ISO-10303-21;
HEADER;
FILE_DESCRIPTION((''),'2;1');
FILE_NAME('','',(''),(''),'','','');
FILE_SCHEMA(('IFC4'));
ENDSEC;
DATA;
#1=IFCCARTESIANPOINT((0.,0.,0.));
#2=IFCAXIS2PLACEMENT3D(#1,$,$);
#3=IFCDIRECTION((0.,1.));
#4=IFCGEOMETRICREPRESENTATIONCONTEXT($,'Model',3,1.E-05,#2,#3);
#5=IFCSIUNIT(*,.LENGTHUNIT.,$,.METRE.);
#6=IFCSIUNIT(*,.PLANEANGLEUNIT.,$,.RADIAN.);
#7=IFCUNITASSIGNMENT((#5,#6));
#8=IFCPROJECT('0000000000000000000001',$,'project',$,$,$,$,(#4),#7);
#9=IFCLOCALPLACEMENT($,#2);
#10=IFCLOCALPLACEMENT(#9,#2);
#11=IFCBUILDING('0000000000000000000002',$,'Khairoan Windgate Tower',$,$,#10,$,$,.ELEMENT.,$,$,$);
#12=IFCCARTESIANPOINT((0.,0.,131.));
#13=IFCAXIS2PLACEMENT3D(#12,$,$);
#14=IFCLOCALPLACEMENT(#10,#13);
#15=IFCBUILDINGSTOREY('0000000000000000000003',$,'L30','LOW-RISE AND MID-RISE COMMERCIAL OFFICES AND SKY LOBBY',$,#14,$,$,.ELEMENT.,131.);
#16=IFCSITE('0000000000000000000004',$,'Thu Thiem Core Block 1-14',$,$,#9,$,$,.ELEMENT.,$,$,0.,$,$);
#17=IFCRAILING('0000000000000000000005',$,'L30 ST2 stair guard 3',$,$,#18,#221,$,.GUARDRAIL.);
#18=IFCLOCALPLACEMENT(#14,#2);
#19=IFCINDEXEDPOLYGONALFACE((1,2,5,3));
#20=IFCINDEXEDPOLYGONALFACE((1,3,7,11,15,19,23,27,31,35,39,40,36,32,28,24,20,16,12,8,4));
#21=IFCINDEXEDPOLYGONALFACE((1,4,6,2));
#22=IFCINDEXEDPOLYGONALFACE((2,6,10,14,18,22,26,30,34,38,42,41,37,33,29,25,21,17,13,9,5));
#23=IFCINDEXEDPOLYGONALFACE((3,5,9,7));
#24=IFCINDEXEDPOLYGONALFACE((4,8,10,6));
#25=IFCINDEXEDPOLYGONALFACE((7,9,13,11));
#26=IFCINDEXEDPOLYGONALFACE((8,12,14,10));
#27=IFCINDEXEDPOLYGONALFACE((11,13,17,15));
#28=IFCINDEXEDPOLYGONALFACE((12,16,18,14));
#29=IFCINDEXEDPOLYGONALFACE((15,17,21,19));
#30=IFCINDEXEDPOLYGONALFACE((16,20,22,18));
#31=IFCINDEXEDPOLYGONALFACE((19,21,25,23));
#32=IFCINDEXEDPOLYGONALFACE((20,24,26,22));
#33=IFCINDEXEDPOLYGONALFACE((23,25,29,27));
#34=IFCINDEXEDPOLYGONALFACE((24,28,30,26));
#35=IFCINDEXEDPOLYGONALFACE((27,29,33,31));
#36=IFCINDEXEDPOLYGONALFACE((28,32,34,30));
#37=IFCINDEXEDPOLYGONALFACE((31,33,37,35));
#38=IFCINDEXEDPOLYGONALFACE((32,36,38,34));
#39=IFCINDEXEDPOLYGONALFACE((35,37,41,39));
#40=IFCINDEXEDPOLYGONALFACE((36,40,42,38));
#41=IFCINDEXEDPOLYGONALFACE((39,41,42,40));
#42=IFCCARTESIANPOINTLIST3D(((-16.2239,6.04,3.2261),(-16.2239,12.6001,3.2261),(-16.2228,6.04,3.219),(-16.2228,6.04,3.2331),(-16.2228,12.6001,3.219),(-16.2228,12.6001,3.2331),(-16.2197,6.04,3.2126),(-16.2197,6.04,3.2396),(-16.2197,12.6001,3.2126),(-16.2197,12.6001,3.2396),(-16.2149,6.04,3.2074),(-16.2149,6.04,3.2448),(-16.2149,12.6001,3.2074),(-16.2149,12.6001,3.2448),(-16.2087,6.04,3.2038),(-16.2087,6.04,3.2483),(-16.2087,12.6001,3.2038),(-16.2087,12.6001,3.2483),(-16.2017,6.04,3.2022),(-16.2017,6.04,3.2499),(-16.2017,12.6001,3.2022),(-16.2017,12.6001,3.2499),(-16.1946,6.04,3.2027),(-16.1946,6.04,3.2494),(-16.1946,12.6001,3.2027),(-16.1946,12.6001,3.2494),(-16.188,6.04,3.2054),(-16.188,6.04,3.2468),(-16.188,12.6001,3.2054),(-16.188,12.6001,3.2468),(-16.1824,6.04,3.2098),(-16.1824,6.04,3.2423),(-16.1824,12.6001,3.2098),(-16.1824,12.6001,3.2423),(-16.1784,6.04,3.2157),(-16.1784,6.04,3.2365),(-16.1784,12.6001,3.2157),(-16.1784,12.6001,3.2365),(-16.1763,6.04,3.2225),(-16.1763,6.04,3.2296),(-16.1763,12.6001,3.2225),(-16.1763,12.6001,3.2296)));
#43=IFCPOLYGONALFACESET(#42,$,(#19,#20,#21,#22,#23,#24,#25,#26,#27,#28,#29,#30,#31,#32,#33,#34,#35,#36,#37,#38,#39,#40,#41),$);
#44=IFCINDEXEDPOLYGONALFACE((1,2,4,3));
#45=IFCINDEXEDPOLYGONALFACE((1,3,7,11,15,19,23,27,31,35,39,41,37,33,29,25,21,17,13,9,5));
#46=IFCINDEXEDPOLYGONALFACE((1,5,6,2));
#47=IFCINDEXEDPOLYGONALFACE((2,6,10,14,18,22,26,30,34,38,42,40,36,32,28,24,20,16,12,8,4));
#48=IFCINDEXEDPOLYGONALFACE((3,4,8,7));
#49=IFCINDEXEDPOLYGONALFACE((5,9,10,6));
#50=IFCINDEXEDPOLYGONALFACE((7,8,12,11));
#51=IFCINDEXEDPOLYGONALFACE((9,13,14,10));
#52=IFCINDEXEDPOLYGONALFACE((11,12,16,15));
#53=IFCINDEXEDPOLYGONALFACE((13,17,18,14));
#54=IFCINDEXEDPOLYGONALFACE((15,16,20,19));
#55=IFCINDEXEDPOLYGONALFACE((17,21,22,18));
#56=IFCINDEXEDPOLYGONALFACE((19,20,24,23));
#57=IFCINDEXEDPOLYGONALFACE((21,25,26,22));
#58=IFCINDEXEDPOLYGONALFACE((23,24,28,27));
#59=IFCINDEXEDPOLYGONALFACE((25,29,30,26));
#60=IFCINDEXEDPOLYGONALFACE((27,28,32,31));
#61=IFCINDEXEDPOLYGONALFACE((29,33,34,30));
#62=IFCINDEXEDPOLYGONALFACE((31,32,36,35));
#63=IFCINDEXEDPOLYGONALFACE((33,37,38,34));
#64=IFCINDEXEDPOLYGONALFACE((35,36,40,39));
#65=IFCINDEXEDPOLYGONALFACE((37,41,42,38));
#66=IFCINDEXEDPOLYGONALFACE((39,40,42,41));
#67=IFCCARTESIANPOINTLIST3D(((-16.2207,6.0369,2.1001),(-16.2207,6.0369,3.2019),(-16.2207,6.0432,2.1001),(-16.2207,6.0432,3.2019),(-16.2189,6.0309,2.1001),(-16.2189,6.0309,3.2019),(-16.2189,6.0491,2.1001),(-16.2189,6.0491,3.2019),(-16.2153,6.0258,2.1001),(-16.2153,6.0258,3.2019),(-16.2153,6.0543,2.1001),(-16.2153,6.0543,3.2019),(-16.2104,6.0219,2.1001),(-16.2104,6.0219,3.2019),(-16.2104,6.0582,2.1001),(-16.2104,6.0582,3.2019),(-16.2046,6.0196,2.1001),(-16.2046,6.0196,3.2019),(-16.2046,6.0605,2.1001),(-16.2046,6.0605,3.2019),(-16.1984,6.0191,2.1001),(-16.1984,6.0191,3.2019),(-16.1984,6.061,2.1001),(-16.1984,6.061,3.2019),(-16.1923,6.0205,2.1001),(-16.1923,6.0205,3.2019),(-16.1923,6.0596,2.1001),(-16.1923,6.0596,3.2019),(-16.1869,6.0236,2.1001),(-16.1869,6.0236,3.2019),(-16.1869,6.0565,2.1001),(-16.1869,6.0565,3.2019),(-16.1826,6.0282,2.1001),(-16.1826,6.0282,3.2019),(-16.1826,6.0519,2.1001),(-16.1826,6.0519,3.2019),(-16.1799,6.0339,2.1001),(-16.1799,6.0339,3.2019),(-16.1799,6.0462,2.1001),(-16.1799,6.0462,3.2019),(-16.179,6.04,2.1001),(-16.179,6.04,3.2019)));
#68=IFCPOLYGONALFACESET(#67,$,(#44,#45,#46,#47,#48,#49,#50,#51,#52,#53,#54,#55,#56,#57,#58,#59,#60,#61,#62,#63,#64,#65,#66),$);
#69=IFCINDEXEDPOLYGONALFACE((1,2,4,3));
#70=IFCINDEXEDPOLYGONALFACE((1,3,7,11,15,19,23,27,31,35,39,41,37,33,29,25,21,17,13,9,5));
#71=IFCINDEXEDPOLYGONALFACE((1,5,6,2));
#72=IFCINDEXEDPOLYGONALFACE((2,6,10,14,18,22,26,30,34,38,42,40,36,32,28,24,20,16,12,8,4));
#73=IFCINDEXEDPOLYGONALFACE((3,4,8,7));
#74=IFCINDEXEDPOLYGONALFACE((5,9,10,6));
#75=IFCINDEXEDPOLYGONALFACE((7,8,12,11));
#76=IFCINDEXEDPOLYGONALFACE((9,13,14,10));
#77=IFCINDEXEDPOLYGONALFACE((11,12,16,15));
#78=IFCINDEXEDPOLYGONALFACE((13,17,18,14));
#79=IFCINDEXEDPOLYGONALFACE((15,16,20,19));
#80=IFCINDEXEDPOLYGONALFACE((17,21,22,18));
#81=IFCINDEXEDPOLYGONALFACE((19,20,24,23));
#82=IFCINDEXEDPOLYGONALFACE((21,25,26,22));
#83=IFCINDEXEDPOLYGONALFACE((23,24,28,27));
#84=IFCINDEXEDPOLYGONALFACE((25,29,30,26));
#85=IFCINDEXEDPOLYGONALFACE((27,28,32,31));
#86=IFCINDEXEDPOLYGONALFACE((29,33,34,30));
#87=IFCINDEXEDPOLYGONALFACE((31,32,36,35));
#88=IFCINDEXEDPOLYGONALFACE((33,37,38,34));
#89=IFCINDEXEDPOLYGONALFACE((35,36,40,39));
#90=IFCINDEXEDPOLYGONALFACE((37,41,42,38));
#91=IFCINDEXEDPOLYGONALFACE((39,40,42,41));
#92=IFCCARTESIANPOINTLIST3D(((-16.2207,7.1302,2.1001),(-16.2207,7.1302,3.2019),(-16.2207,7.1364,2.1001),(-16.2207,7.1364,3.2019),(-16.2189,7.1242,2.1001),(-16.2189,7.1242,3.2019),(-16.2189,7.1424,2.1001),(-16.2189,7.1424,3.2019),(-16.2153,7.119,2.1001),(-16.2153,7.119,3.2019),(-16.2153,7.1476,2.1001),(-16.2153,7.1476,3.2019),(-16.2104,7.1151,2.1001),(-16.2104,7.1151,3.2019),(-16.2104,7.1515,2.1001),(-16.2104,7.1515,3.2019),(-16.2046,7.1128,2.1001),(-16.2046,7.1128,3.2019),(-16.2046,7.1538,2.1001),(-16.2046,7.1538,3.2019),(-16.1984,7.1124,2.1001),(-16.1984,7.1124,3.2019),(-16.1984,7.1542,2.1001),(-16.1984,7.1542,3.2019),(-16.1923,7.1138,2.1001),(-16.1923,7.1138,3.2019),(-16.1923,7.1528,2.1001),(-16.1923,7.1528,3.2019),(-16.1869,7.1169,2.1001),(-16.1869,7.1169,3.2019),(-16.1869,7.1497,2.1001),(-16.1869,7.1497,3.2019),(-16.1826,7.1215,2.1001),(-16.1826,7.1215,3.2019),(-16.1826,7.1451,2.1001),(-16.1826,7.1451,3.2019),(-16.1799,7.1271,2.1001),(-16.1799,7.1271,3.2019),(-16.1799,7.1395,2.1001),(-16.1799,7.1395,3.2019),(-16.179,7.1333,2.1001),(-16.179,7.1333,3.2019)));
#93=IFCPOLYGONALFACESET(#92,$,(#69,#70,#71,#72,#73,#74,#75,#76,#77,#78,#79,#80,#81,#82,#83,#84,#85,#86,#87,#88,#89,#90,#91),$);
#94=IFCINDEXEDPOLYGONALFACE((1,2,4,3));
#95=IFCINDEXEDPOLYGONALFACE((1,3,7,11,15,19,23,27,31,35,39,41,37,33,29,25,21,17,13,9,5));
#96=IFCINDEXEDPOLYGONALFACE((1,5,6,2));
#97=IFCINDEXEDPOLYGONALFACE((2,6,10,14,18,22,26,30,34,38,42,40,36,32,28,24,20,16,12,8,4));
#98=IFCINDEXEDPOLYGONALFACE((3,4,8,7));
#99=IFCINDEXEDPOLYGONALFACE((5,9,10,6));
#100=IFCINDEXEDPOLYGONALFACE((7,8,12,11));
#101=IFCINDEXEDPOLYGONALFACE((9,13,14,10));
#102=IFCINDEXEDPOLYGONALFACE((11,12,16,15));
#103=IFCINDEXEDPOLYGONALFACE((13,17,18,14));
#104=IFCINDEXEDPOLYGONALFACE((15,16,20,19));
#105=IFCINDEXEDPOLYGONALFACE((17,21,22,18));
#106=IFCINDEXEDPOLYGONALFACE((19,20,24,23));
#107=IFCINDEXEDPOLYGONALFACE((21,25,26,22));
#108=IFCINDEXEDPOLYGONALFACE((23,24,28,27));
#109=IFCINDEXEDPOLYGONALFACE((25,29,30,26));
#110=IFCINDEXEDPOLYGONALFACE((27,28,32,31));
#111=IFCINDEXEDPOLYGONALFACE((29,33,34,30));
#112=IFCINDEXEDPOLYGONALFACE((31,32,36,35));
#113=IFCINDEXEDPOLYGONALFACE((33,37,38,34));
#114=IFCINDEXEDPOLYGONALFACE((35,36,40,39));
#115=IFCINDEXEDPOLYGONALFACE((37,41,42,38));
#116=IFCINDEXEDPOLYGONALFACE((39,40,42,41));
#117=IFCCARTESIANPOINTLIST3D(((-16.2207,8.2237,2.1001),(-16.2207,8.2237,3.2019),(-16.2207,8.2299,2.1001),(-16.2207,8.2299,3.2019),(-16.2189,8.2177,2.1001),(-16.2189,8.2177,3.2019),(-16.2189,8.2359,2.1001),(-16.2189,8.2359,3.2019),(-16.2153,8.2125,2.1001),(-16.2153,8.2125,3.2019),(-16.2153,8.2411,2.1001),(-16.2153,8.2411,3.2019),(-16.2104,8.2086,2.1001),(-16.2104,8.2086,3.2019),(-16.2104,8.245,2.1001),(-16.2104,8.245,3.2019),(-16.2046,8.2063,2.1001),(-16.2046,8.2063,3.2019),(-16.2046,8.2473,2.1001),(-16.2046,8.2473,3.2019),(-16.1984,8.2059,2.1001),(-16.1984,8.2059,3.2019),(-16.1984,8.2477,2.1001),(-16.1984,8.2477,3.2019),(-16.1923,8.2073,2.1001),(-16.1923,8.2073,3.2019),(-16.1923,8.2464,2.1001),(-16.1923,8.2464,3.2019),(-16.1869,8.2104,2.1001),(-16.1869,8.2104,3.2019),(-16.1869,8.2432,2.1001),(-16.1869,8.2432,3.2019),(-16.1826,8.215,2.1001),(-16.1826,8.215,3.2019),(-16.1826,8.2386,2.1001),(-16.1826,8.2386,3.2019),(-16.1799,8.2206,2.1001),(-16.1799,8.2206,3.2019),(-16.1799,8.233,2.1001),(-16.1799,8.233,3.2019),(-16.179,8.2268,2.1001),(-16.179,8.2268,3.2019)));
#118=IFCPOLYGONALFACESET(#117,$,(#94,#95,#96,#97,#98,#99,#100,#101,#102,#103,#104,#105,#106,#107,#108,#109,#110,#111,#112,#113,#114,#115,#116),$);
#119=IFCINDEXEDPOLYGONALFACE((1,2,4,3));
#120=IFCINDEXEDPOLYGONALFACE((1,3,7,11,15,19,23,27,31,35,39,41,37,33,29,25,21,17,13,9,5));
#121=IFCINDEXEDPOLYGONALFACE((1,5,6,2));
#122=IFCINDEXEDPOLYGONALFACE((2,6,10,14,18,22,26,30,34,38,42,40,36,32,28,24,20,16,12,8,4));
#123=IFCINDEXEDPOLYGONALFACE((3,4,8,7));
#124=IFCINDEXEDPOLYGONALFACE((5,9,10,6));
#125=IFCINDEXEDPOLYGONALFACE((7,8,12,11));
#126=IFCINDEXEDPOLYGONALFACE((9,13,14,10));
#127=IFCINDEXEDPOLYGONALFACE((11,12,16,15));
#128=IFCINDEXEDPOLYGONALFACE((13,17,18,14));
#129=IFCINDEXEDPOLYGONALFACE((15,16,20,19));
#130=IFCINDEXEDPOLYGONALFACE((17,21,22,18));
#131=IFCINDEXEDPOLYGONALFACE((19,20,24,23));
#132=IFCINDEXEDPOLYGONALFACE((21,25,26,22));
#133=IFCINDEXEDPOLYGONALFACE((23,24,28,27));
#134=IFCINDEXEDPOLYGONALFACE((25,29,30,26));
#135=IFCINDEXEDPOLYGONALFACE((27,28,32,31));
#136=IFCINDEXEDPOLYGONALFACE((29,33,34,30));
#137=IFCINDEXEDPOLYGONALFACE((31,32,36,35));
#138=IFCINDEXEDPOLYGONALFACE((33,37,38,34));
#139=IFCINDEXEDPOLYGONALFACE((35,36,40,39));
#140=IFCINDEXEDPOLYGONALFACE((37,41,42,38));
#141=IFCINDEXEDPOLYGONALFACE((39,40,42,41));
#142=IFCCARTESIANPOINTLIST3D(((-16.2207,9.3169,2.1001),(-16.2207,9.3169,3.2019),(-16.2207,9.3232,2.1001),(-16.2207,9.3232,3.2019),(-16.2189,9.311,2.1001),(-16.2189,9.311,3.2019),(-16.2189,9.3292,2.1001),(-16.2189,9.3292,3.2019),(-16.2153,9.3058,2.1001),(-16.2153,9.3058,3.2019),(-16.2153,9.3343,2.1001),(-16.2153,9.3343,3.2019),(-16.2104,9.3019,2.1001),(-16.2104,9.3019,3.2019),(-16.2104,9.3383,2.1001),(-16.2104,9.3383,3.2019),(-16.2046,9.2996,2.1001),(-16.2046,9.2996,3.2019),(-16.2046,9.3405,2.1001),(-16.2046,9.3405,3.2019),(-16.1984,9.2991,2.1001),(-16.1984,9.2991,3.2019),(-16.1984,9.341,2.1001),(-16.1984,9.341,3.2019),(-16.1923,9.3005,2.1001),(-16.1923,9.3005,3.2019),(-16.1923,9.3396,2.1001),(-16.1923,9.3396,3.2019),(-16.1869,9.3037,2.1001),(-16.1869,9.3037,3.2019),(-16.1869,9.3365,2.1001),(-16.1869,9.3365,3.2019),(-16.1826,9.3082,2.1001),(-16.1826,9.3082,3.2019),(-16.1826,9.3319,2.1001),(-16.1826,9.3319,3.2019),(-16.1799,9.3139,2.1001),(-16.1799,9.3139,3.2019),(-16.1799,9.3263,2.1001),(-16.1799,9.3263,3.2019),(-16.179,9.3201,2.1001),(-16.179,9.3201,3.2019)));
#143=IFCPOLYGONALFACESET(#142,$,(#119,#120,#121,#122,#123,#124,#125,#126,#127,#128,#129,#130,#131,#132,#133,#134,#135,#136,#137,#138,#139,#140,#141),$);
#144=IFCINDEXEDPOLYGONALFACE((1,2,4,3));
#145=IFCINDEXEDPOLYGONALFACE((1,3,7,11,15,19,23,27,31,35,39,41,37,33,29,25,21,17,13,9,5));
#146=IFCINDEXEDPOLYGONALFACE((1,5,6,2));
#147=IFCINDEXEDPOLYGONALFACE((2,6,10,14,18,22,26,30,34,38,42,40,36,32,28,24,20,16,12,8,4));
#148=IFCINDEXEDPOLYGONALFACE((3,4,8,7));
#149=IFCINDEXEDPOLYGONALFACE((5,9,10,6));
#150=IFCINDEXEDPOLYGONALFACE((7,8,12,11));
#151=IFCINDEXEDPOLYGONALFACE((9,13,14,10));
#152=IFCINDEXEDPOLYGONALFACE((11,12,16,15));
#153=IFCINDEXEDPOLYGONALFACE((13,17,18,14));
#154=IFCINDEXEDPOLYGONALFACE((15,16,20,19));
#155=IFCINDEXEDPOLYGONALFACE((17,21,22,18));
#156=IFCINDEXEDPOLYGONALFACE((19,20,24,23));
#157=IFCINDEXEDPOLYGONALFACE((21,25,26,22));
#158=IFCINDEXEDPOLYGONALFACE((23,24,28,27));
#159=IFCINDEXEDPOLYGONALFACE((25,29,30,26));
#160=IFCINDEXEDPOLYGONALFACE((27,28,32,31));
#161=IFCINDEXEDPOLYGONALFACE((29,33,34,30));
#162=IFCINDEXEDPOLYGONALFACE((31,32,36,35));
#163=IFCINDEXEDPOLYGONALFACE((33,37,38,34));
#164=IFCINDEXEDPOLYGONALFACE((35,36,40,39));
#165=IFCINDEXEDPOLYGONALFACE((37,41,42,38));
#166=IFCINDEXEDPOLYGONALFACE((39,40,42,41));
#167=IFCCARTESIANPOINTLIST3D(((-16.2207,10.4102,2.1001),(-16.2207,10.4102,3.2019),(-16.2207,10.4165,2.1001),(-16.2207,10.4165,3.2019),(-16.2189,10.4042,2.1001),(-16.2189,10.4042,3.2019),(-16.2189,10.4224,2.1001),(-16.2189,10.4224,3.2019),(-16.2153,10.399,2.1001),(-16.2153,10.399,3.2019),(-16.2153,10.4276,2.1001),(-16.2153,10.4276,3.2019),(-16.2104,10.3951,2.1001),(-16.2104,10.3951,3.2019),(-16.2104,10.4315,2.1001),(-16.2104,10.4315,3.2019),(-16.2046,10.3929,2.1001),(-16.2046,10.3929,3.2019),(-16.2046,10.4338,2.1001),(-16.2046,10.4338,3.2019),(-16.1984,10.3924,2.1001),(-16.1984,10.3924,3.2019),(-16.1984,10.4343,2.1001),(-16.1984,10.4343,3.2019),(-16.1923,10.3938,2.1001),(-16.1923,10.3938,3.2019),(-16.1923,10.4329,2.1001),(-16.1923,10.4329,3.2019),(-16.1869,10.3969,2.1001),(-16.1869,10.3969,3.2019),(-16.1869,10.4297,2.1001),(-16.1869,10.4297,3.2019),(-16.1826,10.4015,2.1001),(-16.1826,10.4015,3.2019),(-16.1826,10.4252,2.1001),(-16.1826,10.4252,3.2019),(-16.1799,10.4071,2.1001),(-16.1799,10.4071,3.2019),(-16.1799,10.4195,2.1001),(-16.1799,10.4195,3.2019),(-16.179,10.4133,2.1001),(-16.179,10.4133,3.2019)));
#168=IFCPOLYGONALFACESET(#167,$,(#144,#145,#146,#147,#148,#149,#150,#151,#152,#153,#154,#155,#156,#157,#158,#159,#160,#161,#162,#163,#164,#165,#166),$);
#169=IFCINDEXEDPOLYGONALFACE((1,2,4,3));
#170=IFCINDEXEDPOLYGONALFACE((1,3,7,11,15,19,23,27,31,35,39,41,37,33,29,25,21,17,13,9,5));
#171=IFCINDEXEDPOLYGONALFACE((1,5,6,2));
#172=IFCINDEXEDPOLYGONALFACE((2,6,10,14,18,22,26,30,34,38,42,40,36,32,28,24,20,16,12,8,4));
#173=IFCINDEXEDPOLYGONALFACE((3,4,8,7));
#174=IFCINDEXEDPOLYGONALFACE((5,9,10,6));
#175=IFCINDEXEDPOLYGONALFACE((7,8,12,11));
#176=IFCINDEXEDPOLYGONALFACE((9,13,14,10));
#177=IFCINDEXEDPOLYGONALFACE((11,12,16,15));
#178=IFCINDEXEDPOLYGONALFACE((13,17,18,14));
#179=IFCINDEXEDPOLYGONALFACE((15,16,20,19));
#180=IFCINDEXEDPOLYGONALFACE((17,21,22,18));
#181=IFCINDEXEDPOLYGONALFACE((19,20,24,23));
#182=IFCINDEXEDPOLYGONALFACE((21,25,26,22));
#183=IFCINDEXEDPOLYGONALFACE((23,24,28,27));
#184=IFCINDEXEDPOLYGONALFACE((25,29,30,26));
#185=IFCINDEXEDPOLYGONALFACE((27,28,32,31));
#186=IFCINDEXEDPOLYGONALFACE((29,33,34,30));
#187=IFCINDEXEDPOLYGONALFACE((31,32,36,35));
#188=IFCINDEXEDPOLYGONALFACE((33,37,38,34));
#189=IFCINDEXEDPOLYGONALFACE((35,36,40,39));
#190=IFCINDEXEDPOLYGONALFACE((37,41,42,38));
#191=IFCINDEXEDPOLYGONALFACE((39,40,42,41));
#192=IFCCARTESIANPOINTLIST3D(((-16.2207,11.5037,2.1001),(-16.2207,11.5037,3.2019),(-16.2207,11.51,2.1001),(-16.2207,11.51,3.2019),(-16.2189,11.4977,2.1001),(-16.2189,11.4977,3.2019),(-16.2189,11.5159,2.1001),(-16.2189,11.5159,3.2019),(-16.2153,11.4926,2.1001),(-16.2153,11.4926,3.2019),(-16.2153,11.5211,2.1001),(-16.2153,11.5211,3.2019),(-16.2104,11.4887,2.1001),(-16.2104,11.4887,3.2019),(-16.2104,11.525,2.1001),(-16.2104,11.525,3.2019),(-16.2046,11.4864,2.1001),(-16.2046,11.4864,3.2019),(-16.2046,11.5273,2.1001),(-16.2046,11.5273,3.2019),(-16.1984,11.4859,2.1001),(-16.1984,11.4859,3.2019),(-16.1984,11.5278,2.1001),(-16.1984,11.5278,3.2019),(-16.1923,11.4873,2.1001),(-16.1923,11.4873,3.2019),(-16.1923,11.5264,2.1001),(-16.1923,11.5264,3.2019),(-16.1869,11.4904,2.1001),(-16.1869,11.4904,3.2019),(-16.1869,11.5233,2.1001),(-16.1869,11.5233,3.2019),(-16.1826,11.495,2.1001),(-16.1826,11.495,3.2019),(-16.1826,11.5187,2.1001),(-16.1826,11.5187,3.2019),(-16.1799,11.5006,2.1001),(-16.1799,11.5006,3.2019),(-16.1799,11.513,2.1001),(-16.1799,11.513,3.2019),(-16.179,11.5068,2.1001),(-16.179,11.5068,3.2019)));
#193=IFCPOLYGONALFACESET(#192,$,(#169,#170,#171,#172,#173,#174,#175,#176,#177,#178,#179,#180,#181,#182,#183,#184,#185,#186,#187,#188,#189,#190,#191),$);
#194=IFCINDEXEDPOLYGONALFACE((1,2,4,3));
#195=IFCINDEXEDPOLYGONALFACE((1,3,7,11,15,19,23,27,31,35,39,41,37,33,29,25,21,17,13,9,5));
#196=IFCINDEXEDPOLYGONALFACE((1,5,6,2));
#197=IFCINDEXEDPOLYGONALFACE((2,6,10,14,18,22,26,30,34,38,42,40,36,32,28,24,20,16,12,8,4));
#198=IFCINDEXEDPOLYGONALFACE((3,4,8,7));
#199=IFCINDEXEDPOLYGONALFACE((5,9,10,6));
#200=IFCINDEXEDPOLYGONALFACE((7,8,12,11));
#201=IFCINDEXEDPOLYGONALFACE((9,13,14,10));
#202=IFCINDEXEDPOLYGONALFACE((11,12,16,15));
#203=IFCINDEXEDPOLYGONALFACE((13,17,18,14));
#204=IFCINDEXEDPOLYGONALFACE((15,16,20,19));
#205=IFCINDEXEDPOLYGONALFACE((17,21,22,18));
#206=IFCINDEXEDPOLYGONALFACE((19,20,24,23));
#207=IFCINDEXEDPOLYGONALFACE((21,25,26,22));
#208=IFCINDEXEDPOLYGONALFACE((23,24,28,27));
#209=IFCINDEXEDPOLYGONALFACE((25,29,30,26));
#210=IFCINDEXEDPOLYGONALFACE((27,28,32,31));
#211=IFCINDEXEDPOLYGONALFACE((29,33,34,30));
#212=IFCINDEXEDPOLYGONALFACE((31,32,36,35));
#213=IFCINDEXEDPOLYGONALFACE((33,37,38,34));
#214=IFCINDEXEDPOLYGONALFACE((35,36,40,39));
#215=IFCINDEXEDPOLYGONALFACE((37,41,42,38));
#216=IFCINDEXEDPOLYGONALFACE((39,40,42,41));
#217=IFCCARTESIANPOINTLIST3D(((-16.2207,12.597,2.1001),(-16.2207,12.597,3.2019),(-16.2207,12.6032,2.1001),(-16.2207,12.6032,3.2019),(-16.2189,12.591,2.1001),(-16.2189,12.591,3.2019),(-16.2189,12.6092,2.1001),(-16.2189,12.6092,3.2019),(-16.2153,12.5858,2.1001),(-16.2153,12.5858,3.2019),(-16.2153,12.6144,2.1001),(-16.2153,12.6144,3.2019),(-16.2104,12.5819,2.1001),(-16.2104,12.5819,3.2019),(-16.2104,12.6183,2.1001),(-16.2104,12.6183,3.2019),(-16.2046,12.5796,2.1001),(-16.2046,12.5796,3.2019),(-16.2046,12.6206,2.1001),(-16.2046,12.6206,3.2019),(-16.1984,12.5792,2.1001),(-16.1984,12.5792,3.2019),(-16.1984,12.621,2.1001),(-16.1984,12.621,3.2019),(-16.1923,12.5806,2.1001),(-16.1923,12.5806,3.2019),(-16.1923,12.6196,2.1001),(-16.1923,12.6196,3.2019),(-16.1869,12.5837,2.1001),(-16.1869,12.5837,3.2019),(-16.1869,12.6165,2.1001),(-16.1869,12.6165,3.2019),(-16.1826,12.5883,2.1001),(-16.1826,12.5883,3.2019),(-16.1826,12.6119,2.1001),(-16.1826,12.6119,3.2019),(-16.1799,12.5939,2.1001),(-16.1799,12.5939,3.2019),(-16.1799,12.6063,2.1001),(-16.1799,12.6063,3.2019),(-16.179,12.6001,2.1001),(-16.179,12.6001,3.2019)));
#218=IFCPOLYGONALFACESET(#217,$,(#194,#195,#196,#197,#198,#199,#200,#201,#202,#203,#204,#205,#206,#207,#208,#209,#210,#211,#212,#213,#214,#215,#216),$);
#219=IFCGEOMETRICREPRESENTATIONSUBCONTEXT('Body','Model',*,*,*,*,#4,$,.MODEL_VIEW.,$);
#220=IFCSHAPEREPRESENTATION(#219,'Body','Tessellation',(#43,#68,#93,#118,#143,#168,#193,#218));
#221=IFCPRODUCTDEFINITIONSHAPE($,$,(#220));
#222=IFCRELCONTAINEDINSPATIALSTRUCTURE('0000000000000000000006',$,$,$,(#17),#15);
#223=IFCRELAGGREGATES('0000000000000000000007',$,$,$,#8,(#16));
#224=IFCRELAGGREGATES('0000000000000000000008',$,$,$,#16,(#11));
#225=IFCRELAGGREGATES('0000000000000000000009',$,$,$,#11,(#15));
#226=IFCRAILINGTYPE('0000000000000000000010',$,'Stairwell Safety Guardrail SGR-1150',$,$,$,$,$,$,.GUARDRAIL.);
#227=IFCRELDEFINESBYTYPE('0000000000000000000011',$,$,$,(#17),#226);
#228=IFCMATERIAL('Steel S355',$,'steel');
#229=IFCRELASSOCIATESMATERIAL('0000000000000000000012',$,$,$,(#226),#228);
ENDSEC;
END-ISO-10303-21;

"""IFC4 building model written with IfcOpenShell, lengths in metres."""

from ifc_helpers import new_model, si_unit, direction, frame, origin, origin_2d, place, context, subcontext, project, spatial, circle, extrude, material, type_object, element, save


model = new_model("IFC4")

# Units and contexts
model_context = context("Model", 3, precision=1e-05, world=origin(), true_north=direction((0.0, 1.0)))
body_context = subcontext(model_context, "Body", "Model", "MODEL_VIEW")
ifc_project = project(units=[si_unit("LENGTHUNIT", "METRE"), si_unit("PLANEANGLEUNIT", "RADIAN")], contexts=[model_context])

# Site, building, storey
site_placement = place(None, origin())
site = spatial("IfcSite", under=ifc_project, at=site_placement, Name="Thu Thiem Core Block 1-14", CompositionType="ELEMENT", RefElevation=0.0)
building_placement = place(site_placement, origin())
building = spatial("IfcBuilding", under=site, at=building_placement, Name="Khairoan Windgate Tower", CompositionType="ELEMENT")
storey_placement = place(building_placement, frame((0.0, 0.0, 131.0)))
storey = spatial("IfcBuildingStorey", under=building, at=storey_placement, Name="L30", Description="LOW-RISE AND MID-RISE COMMERCIAL OFFICES AND SKY LOBBY", CompositionType="ELEMENT", Elevation=131.0)

# Railing
ifc_material_1 = material(Name="Steel S355", Category="steel")
railing_type_1 = type_object("IfcRailingType", Name="Stairwell Safety Guardrail SGR-1150", PredefinedType="GUARDRAIL", material=ifc_material_1)
railing_1_placement = place(storey_placement, frame((-16.2, 6.04, 2.1001)))
element("IfcRailing", 1, at=railing_1_placement, inside=storey, type_object=railing_type_1, Name="L30 ST2 stair guard 3", PredefinedType="GUARDRAIL", context=body_context, shape_type="SweptSolid", body=[
    extrude(circle(Radius=0.0239, at=origin_2d()), frame((0.0, 0.0, 1.126), z_axis=(0.0, 1.0, 0.0), x_axis=(-1.0, 0.0, 0.0)), (0.0, 0.0, 1.0), 6.5601),
    extrude(circle(Radius=0.021, at=origin_2d()), origin(), (0.0, 0.0, 1.0), 1.1018),
    extrude(circle(Radius=0.021, at=origin_2d()), frame((0.0, 1.0933, 0.0)), (0.0, 0.0, 1.0), 1.1018),
    extrude(circle(Radius=0.021, at=origin_2d()), frame((0.0, 2.1868, 0.0)), (0.0, 0.0, 1.0), 1.1018),
    extrude(circle(Radius=0.021, at=origin_2d()), frame((0.0, 3.28, 0.0)), (0.0, 0.0, 1.0), 1.1018),
    extrude(circle(Radius=0.021, at=origin_2d()), frame((0.0, 4.3733, 0.0)), (0.0, 0.0, 1.0), 1.1018),
    extrude(circle(Radius=0.021, at=origin_2d()), frame((0.0, 5.4668, 0.0)), (0.0, 0.0, 1.0), 1.1018),
    extrude(circle(Radius=0.021, at=origin_2d()), frame((0.0, 6.5601, 0.0)), (0.0, 0.0, 1.0), 1.1018),
])

save(model, "model.ifc")
